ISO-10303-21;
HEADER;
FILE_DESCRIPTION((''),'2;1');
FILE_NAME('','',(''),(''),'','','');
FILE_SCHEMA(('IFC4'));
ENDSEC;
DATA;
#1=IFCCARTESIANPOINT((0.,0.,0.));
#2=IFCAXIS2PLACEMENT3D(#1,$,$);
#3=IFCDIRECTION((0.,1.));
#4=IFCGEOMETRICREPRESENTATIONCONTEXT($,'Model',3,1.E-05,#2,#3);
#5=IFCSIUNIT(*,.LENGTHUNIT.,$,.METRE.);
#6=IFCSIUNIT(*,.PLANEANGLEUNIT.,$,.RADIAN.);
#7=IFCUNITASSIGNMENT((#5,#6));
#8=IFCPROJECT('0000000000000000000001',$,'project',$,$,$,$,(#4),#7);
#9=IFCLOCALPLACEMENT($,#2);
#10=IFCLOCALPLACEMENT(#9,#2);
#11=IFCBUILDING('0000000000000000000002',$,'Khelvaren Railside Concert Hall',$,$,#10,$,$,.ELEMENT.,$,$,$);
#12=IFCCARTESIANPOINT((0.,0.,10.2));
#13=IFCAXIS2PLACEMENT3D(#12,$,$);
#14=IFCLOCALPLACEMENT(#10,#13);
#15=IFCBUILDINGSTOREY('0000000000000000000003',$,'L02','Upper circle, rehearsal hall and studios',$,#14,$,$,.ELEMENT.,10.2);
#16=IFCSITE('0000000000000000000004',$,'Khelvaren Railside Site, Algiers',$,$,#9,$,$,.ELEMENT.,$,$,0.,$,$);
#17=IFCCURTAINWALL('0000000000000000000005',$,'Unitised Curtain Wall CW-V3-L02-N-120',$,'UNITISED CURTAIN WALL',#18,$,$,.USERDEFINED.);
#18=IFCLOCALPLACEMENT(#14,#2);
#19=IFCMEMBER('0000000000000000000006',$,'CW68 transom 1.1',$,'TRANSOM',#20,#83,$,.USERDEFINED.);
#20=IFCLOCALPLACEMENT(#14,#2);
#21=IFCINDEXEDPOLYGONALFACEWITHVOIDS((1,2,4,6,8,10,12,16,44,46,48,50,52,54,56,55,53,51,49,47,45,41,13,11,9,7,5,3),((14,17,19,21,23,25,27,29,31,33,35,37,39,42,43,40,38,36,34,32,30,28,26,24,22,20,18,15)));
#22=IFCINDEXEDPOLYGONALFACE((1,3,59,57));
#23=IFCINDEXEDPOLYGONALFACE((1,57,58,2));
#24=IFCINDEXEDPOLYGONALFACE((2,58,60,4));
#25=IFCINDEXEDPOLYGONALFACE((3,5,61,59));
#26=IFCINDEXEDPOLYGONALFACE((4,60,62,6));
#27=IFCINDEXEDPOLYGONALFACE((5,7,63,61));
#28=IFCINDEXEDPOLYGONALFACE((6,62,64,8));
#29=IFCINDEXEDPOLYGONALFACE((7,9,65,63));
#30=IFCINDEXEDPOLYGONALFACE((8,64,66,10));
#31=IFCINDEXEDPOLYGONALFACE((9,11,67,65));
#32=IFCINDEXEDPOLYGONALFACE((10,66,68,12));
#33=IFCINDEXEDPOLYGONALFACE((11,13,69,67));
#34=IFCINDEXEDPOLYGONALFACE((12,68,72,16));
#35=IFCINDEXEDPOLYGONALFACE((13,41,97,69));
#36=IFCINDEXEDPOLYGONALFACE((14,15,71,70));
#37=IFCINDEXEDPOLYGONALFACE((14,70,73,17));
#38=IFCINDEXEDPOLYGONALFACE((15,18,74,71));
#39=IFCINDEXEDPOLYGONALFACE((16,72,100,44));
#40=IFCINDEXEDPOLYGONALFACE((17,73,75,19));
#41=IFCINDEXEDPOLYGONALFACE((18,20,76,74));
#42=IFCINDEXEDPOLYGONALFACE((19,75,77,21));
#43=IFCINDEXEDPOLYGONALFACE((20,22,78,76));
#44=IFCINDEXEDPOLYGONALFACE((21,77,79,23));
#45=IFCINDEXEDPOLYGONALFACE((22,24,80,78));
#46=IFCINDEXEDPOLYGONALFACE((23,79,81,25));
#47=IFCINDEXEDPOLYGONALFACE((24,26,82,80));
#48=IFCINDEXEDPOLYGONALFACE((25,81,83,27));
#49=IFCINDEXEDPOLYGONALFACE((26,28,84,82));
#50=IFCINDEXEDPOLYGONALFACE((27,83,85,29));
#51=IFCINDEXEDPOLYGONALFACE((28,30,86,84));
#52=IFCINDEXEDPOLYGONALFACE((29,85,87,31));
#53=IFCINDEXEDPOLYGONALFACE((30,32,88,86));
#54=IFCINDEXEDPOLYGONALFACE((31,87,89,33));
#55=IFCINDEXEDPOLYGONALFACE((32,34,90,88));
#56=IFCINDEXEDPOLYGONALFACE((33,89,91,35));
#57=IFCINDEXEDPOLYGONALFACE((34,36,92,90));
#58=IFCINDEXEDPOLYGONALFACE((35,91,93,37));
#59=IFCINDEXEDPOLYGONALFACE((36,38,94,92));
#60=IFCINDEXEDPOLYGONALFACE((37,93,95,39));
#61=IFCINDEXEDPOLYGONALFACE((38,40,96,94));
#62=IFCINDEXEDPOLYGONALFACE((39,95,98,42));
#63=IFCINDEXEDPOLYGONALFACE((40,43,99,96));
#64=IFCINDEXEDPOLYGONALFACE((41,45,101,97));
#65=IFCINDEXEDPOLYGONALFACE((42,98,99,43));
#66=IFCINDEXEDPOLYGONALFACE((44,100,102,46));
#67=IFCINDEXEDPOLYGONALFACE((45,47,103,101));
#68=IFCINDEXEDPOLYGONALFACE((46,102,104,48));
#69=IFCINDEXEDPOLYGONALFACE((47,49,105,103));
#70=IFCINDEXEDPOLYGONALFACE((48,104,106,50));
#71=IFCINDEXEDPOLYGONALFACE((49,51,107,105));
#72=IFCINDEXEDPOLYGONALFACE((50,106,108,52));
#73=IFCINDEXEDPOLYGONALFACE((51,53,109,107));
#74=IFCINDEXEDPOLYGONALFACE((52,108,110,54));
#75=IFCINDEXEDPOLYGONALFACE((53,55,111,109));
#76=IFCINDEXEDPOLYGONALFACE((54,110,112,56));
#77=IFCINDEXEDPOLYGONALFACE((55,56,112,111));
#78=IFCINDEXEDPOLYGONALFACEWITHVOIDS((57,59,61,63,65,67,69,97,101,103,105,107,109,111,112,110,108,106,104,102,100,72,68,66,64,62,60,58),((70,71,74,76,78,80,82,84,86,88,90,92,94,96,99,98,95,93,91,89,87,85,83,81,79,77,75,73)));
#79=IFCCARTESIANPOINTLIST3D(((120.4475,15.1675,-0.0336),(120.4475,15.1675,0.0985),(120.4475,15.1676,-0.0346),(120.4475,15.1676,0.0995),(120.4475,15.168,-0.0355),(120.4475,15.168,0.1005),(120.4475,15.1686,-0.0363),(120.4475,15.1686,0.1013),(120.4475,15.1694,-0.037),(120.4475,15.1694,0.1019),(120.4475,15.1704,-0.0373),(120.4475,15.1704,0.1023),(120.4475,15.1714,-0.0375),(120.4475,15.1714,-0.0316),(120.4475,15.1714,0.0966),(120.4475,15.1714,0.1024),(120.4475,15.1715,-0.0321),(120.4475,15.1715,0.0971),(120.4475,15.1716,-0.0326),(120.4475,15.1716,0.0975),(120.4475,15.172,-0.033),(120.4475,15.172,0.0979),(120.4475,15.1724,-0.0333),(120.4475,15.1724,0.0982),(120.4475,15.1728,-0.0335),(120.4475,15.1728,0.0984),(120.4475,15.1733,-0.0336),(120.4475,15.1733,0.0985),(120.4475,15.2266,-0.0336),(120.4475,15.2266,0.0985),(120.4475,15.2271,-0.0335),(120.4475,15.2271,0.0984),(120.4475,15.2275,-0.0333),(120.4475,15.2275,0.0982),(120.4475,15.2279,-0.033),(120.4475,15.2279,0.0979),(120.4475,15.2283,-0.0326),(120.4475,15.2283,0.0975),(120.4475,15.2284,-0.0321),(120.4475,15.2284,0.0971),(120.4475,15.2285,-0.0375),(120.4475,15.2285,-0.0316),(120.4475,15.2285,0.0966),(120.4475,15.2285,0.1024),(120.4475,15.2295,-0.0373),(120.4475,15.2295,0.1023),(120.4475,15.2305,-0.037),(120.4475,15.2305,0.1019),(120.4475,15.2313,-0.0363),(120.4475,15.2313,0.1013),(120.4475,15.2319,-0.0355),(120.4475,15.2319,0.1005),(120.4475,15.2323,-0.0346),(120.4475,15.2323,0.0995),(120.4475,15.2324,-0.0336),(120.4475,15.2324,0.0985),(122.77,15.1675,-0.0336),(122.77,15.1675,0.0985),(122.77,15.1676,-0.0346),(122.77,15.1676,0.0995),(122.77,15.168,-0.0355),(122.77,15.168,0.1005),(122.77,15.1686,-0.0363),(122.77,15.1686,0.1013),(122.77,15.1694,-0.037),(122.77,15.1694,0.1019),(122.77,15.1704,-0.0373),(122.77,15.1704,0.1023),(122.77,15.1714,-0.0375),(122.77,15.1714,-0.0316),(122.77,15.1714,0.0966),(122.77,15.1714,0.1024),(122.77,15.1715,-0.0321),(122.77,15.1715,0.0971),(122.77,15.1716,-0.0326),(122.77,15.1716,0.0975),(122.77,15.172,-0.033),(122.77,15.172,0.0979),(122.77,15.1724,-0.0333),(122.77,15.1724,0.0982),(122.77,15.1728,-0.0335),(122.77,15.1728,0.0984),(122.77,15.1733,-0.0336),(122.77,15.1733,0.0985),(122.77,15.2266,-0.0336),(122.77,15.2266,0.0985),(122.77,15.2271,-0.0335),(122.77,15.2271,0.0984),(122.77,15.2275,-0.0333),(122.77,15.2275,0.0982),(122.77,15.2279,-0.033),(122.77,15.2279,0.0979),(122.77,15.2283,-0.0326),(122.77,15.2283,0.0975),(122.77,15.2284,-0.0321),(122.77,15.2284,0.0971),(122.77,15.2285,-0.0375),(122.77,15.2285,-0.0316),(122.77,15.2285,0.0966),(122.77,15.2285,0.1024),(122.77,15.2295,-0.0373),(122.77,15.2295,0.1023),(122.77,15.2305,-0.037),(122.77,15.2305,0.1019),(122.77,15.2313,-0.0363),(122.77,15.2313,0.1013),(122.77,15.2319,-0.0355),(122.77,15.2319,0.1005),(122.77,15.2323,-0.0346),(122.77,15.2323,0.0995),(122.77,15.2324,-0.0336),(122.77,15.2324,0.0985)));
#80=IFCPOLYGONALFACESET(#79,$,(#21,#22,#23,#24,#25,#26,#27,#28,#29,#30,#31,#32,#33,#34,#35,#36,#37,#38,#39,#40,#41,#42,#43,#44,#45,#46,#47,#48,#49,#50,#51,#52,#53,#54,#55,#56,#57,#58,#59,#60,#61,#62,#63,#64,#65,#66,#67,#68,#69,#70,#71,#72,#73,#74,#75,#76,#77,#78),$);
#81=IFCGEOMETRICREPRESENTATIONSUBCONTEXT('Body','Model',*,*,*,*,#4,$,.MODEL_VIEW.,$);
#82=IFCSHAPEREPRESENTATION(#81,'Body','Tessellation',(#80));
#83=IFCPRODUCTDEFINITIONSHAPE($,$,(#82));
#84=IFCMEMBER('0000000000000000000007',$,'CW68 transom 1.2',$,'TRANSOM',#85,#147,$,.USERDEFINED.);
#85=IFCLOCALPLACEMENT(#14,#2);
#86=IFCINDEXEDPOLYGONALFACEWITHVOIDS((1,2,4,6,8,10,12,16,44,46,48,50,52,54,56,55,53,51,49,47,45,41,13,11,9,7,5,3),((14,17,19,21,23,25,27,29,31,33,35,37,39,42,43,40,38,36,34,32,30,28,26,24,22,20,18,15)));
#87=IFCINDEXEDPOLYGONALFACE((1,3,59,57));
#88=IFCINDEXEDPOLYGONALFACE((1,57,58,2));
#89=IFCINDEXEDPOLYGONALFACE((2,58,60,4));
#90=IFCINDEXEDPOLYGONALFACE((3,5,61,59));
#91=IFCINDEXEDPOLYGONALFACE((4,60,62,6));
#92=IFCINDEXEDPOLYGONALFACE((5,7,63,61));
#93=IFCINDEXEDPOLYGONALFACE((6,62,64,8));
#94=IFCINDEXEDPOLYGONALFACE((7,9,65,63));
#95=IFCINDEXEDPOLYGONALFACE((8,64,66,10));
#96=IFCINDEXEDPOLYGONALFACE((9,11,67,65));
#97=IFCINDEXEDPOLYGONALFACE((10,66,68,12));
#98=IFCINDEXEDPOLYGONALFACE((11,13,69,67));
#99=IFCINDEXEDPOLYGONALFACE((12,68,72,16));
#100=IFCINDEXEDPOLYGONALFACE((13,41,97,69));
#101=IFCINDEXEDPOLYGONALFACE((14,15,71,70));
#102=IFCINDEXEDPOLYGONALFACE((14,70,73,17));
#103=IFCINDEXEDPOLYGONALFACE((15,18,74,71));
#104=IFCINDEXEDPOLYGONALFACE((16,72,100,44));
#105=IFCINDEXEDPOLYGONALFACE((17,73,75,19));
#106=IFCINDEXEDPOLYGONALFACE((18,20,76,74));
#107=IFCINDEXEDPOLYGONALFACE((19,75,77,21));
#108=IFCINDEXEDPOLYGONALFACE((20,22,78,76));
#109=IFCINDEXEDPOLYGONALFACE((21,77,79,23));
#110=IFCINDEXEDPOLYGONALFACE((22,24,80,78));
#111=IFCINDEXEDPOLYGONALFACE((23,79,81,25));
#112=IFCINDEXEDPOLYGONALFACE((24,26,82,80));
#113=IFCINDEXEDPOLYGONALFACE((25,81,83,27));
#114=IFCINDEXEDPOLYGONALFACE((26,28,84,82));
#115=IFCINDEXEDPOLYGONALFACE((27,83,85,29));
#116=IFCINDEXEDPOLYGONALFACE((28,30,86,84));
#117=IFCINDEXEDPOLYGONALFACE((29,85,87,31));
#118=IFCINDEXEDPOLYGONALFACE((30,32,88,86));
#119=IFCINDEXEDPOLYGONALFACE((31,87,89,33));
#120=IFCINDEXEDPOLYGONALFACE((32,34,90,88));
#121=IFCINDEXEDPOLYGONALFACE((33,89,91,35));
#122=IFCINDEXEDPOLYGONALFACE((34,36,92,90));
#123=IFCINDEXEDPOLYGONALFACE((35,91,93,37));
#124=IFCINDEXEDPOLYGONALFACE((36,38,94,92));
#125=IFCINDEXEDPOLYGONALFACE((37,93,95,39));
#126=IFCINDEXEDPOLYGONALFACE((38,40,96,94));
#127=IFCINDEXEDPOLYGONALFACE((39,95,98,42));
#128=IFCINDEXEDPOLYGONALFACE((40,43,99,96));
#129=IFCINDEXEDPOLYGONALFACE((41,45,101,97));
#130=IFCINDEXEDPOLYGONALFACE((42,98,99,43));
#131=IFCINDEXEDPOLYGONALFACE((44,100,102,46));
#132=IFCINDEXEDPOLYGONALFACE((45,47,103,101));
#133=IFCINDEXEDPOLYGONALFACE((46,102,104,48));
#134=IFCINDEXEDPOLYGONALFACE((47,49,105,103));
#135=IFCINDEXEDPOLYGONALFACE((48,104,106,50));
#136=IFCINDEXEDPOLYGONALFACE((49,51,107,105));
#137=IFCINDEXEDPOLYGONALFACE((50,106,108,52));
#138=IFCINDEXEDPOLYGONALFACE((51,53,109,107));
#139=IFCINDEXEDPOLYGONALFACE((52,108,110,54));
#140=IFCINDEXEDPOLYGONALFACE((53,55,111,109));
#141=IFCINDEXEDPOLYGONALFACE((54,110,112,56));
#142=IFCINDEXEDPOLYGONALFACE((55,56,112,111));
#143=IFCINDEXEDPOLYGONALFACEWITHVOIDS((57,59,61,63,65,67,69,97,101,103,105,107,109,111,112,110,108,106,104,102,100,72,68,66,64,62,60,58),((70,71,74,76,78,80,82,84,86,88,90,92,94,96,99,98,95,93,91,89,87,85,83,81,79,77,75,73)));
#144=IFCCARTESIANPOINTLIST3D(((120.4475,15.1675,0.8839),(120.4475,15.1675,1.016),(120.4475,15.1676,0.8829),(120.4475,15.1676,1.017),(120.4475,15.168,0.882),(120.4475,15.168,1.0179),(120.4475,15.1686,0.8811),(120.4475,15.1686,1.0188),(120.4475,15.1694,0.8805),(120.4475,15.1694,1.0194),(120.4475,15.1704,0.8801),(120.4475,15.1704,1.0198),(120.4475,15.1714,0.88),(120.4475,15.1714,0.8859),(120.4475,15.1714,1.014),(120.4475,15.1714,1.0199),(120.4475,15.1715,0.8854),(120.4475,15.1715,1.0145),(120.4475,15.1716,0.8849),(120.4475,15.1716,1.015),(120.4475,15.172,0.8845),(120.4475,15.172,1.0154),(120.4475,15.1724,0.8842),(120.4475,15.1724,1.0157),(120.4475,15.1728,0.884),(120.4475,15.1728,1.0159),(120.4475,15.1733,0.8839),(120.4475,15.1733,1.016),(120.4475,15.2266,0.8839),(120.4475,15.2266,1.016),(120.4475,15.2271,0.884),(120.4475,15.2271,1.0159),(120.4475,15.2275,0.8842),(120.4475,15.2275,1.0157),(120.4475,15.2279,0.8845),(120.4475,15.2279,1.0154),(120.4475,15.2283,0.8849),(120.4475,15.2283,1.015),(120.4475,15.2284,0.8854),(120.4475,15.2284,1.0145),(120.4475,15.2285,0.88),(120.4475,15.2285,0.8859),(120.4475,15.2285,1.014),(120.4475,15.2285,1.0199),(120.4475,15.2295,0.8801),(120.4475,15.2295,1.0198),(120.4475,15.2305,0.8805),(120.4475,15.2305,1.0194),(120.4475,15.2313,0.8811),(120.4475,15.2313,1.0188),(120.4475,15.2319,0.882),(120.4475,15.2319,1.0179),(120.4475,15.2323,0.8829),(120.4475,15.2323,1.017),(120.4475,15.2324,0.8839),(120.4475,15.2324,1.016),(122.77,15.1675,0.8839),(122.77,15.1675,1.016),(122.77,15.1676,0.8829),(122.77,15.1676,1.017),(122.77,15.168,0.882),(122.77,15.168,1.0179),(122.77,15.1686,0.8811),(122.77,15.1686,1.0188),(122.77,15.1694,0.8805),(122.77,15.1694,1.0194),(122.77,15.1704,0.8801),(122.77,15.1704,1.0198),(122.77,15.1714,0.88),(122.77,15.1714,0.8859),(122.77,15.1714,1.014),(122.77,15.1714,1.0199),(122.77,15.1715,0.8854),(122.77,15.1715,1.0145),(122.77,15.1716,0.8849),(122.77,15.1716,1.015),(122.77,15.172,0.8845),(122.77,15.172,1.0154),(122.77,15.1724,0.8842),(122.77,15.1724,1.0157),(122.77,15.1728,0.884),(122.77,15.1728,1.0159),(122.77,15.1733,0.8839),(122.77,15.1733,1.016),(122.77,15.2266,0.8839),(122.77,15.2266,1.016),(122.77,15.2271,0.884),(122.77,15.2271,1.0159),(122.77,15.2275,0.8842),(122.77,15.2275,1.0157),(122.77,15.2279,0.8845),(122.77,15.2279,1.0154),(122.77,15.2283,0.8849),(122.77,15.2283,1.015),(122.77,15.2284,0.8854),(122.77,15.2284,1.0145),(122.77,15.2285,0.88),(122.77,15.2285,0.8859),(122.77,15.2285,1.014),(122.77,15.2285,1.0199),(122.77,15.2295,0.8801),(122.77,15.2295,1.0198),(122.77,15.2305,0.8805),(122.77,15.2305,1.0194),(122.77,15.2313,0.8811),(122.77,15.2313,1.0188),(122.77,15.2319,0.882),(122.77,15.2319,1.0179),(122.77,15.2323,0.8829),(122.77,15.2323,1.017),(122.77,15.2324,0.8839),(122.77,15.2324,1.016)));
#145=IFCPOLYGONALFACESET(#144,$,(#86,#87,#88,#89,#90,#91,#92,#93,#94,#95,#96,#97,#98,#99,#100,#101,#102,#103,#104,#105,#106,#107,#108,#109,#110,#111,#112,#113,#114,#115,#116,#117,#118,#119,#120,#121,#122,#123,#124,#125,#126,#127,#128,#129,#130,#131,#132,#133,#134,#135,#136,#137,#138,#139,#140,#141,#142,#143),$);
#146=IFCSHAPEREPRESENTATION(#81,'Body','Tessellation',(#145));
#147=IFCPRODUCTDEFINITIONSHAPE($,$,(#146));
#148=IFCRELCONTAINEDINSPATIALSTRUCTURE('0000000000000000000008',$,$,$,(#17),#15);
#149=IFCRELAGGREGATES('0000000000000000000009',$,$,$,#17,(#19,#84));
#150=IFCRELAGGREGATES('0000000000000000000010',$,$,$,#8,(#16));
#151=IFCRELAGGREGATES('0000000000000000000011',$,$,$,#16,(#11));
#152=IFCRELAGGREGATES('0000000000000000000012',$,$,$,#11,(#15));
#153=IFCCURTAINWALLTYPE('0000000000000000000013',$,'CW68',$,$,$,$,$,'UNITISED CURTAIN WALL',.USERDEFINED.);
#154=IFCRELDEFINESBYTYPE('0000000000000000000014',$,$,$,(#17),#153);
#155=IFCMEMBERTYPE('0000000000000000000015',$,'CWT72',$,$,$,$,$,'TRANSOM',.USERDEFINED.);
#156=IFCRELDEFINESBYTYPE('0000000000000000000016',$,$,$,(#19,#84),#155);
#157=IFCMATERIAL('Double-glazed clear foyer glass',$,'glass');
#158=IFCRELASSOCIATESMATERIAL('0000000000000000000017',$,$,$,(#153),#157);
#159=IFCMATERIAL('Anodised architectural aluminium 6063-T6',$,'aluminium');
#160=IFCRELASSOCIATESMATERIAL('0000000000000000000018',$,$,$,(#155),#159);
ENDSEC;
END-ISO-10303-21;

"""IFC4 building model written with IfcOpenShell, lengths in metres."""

from ifc_helpers import new_model, si_unit, direction, frame, origin, origin_2d, place, context, subcontext, project, spatial, hollow_rectangle, extrude, material, material_profile, profile_set, type_object, element, aggregate, save


model = new_model("IFC4")

# Units and contexts
model_context = context("Model", 3, precision=1e-05, world=origin(), true_north=direction((0.0, 1.0)))
body_context = subcontext(model_context, "Body", "Model", "MODEL_VIEW")
ifc_project = project(units=[si_unit("LENGTHUNIT", "METRE"), si_unit("PLANEANGLEUNIT", "RADIAN")], contexts=[model_context])

# Site, building, storey
site_placement = place(None, origin())
site = spatial("IfcSite", under=ifc_project, at=site_placement, Name="Khelvaren Railside Site, Algiers", CompositionType="ELEMENT", RefElevation=0.0)
building_placement = place(site_placement, origin())
building = spatial("IfcBuilding", under=site, at=building_placement, Name="Khelvaren Railside Concert Hall", CompositionType="ELEMENT")
storey_placement = place(building_placement, frame((0.0, 0.0, 10.2)))
storey = spatial("IfcBuildingStorey", under=building, at=storey_placement, Name="L02", Description="Upper circle, rehearsal hall and studios", CompositionType="ELEMENT", Elevation=10.2)

# Curtain wall, members
ifc_material_1 = material(Name="Double-glazed clear foyer glass", Category="glass")
curtain_wall_type = type_object("IfcCurtainWallType", Name="CW68", ElementType="UNITISED CURTAIN WALL", PredefinedType="USERDEFINED", material=ifc_material_1)
curtain_wall_placement = place(storey_placement, origin())
curtain_wall = element("IfcCurtainWall", 1, at=curtain_wall_placement, inside=storey, type_object=curtain_wall_type, Name="Unitised Curtain Wall CW-V3-L02-N-120", ObjectType="UNITISED CURTAIN WALL", PredefinedType="USERDEFINED")
ifc_material_2 = material(Name="Anodised architectural aluminium 6063-T6", Category="aluminium")
ifc_material_profile_1 = material_profile(ifc_material_2, hollow_rectangle(XDim=0.0649, YDim=0.1399, WallThickness=0.0039, InnerFilletRadius=0.002, OuterFilletRadius=0.0039, at=origin_2d()), Name="CWT 65x140x4")
ifc_profile_set_1 = profile_set([ifc_material_profile_1], Name="Anodised architectural aluminium 6063-T6")
member_type_1 = type_object("IfcMemberType", Name="CWT72", ElementType="TRANSOM", PredefinedType="USERDEFINED", material=ifc_profile_set_1)
member_1_placement = place(storey_placement, frame((120.4475, 15.2, 0.0325), z_axis=(1.0, 0.0, 0.0), x_axis=(0.0, 1.0, 0.0)))
member_1 = element("IfcMember", 2, at=member_1_placement, type_object=member_type_1, Name="CW68 transom 1.1", ObjectType="TRANSOM", PredefinedType="USERDEFINED", context=body_context, shape_type="SweptSolid", body=[
    extrude(hollow_rectangle(XDim=0.0649, YDim=0.1399, WallThickness=0.0039, InnerFilletRadius=0.002, OuterFilletRadius=0.0039, at=origin_2d()), origin(), (0.0, 0.0, 1.0), 2.3225),
])
member_2_placement = place(storey_placement, frame((120.4475, 15.2, 0.95), z_axis=(1.0, 0.0, 0.0), x_axis=(0.0, 1.0, 0.0)))
member_2 = element("IfcMember", 3, at=member_2_placement, type_object=member_type_1, Name="CW68 transom 1.2", ObjectType="TRANSOM", PredefinedType="USERDEFINED", context=body_context, shape_type="SweptSolid", body=[
    extrude(hollow_rectangle(XDim=0.0649, YDim=0.1399, WallThickness=0.0039, InnerFilletRadius=0.002, OuterFilletRadius=0.0039, at=origin_2d()), origin(), (0.0, 0.0, 1.0), 2.3225),
])
aggregate(curtain_wall, [member_1, member_2])

save(model, "model.ifc")
